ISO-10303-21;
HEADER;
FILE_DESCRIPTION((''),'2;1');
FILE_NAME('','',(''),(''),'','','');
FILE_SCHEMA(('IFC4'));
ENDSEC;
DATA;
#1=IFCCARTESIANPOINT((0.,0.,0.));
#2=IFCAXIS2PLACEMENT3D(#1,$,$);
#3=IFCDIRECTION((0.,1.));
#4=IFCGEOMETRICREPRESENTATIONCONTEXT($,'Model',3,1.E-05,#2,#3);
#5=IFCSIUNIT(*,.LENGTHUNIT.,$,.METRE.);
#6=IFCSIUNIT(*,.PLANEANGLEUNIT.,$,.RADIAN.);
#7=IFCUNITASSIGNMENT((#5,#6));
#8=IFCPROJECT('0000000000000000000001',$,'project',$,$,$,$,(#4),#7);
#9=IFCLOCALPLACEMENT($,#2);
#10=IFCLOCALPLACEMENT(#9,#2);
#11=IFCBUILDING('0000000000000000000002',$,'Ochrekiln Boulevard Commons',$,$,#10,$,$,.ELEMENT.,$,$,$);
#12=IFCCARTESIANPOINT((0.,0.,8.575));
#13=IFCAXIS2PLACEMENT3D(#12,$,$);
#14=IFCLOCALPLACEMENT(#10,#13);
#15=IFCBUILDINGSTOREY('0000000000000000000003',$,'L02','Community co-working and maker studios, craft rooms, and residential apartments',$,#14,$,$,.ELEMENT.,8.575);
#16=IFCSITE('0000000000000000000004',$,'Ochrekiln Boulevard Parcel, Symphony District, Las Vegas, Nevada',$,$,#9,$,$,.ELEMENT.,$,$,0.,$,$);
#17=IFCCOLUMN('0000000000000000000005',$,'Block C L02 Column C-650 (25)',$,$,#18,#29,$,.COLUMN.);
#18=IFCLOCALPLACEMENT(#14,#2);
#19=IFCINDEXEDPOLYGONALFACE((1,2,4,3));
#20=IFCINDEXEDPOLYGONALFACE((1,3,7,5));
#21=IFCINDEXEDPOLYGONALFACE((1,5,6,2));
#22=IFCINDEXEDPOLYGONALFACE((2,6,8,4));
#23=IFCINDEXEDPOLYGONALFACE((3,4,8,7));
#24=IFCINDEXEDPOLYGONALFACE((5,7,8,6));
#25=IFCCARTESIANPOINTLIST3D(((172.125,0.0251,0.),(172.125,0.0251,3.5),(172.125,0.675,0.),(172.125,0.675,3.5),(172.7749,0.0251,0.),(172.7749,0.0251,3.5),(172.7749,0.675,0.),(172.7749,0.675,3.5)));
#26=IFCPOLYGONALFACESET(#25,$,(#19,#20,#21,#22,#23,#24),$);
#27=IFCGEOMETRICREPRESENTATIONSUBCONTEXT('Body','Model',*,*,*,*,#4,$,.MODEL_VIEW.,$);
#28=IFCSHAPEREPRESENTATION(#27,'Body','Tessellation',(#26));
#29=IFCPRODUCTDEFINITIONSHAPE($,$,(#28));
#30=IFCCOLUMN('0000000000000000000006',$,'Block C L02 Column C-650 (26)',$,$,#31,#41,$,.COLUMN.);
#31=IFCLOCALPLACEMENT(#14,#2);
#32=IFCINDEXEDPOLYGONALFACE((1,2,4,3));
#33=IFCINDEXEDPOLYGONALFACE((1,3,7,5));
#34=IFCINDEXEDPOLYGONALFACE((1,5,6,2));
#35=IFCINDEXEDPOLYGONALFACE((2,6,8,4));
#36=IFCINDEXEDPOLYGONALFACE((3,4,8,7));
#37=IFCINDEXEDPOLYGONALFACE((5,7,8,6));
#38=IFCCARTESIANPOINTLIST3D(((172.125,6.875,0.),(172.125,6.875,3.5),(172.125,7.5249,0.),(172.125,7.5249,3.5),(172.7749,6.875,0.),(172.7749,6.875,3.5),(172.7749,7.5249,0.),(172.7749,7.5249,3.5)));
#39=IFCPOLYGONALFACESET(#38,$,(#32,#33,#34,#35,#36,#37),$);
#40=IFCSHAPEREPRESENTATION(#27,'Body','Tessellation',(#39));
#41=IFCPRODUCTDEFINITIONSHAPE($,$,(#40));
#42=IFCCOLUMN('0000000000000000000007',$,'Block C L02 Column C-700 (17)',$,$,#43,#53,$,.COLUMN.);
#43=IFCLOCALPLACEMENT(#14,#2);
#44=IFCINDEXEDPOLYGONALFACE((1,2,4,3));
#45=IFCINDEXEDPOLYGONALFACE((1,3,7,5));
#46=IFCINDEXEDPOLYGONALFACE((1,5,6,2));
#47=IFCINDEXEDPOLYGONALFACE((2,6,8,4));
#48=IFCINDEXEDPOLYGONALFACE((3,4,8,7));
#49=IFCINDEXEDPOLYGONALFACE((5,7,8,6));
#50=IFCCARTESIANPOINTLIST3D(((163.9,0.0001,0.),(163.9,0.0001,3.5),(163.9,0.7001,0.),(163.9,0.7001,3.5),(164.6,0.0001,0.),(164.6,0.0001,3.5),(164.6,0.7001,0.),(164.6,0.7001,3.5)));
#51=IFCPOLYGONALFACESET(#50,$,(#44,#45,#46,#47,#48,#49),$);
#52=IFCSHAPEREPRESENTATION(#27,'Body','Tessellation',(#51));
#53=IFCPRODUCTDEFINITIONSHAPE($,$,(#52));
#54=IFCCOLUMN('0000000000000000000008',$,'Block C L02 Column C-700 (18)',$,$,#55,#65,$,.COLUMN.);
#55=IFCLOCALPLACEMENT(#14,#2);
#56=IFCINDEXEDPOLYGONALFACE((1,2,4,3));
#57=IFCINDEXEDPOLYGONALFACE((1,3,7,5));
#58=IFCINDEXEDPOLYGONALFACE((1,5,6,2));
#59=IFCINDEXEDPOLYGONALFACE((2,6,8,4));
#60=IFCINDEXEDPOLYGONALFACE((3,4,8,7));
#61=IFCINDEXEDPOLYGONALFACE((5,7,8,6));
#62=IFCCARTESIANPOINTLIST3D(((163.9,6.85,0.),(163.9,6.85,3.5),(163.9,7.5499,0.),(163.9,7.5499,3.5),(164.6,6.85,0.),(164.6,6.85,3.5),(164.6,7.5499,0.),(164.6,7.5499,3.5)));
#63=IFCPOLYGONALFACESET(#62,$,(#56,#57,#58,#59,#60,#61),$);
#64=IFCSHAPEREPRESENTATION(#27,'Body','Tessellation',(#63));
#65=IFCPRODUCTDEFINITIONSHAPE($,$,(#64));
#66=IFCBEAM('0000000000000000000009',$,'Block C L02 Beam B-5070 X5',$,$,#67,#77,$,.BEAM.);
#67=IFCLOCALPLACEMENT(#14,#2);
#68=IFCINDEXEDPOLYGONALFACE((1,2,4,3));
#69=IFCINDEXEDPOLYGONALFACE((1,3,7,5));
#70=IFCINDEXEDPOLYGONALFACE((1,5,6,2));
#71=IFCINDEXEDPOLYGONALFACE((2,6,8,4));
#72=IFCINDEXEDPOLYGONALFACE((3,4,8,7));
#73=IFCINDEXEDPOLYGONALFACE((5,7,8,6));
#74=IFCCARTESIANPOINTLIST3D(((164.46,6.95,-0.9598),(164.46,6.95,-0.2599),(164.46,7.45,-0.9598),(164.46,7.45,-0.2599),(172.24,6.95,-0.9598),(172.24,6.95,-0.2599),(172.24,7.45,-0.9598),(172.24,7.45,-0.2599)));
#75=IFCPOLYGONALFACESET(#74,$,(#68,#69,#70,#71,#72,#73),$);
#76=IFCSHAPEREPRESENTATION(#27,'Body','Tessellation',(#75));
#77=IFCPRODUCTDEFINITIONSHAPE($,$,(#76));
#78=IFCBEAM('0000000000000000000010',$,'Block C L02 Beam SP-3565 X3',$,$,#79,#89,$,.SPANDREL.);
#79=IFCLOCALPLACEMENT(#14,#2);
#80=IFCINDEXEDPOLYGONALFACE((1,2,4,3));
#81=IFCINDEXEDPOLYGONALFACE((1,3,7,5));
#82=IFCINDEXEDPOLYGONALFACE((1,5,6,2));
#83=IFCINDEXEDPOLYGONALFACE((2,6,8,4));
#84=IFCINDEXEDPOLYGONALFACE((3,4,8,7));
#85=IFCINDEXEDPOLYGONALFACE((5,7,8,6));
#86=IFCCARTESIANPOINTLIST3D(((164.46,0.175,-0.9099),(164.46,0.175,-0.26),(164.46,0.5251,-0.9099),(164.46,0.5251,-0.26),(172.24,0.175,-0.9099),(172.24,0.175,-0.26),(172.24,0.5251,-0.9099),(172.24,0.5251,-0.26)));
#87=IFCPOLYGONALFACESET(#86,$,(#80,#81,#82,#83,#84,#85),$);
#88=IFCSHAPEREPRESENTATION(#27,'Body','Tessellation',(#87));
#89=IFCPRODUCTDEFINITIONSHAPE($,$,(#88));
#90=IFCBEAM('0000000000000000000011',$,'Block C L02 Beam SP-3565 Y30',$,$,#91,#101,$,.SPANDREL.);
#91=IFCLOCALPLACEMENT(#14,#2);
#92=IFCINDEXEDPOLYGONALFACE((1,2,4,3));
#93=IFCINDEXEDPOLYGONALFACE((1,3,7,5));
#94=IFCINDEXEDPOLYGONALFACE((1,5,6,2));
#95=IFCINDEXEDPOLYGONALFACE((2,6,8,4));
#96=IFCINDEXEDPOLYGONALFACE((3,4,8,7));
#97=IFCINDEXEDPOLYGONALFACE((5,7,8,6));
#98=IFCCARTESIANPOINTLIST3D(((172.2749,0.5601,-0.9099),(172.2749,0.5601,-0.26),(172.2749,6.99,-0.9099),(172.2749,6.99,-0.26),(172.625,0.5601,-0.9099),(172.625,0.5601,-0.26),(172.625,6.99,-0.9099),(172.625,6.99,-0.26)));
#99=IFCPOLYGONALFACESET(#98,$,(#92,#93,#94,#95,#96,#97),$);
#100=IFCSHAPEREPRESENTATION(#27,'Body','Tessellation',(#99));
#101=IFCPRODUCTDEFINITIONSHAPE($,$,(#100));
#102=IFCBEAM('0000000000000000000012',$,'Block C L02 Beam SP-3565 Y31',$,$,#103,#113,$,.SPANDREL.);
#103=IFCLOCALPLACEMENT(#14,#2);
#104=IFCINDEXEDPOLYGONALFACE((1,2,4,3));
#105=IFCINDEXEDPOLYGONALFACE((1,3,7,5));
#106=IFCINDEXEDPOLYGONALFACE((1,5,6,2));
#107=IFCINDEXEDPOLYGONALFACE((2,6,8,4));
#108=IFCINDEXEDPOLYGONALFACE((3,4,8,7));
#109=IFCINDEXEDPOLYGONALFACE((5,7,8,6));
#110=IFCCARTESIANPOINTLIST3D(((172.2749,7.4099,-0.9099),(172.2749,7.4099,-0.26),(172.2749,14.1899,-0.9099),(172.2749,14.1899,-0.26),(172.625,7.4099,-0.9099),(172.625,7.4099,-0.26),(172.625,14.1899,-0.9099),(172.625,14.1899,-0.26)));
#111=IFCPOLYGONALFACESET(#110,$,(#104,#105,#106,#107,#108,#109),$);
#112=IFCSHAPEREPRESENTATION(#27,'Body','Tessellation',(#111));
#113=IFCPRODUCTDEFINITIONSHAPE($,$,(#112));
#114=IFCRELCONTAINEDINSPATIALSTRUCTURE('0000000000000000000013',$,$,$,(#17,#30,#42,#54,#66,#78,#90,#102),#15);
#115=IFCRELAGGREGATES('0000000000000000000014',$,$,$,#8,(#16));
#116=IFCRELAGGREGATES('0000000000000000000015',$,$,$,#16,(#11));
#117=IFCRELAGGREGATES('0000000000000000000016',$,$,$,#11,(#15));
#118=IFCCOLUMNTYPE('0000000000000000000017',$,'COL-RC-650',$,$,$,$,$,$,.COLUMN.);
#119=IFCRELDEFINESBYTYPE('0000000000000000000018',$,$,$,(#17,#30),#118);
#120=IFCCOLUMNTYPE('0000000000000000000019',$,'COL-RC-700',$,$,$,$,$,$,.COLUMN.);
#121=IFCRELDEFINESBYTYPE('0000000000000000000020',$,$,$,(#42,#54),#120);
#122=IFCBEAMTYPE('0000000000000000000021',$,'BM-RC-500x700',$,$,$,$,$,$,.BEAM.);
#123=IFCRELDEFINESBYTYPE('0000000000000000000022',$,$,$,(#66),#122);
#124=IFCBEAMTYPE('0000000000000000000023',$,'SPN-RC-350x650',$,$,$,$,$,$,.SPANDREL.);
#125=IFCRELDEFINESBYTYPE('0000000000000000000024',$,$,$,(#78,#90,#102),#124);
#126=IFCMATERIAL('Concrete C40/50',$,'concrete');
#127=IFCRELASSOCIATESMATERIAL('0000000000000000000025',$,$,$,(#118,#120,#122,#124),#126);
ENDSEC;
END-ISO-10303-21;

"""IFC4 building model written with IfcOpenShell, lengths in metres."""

from ifc_helpers import new_model, si_unit, direction, frame, origin, origin_2d, place, context, subcontext, project, spatial, rectangle, extrude, material, material_profile, profile_set, type_object, element, save


model = new_model("IFC4")

# Units and contexts
model_context = context("Model", 3, precision=1e-05, world=origin(), true_north=direction((0.0, 1.0)))
body_context = subcontext(model_context, "Body", "Model", "MODEL_VIEW")
ifc_project = project(units=[si_unit("LENGTHUNIT", "METRE"), si_unit("PLANEANGLEUNIT", "RADIAN")], contexts=[model_context])

# Site, building, storey
site_placement = place(None, origin())
site = spatial("IfcSite", under=ifc_project, at=site_placement, Name="Ochrekiln Boulevard Parcel, Symphony District, Las Vegas, Nevada", CompositionType="ELEMENT", RefElevation=0.0)
building_placement = place(site_placement, origin())
building = spatial("IfcBuilding", under=site, at=building_placement, Name="Ochrekiln Boulevard Commons", CompositionType="ELEMENT")
storey_placement = place(building_placement, frame((0.0, 0.0, 8.575)))
storey = spatial("IfcBuildingStorey", under=building, at=storey_placement, Name="L02", Description="Community co-working and maker studios, craft rooms, and residential apartments", CompositionType="ELEMENT", Elevation=8.575)

# Columns
ifc_material_1 = material(Name="Concrete C40/50", Category="concrete")
ifc_material_profile_1 = material_profile(ifc_material_1, rectangle(XDim=0.6499, YDim=0.6499, at=origin_2d()), Name="RC-COL-650x650")
ifc_profile_set_1 = profile_set([ifc_material_profile_1], Name="Concrete C40/50")
column_type_1 = type_object("IfcColumnType", Name="COL-RC-650", PredefinedType="COLUMN", material=ifc_profile_set_1)
for number, where, z_axis, x_axis, name in (
    (1, (172.45, 0.3501, 0.0), (0.0, 0.0, 1.0), (1.0, 0.0, 0.0), "Block C L02 Column C-650 (25)"),
    (2, (172.45, 7.2, 0.0), (0.0, 0.0, 1.0), (1.0, 0.0, 0.0), "Block C L02 Column C-650 (26)"),
):
    element("IfcColumn", number, at=place(storey_placement, frame(where, z_axis=z_axis, x_axis=x_axis)), inside=storey, type_object=column_type_1, Name=name, PredefinedType="COLUMN", context=body_context, shape_type="SweptSolid", body=[
        extrude(rectangle(XDim=0.6499, YDim=0.6499, at=origin_2d()), origin(), (0.0, 0.0, 1.0), 3.5),
    ])
ifc_material_profile_2 = material_profile(ifc_material_1, rectangle(XDim=0.7, YDim=0.7, at=origin_2d()), Name="RC-COL-700x700")
ifc_profile_set_2 = profile_set([ifc_material_profile_2], Name="Concrete C40/50")
column_type_2 = type_object("IfcColumnType", Name="COL-RC-700", PredefinedType="COLUMN", material=ifc_profile_set_2)
for number, where, z_axis, x_axis, name in (
    (3, (164.25, 0.3501, 0.0), (0.0, 0.0, 1.0), (1.0, 0.0, 0.0), "Block C L02 Column C-700 (17)"),
    (4, (164.25, 7.2, 0.0), (0.0, 0.0, 1.0), (1.0, 0.0, 0.0), "Block C L02 Column C-700 (18)"),
):
    element("IfcColumn", number, at=place(storey_placement, frame(where, z_axis=z_axis, x_axis=x_axis)), inside=storey, type_object=column_type_2, Name=name, PredefinedType="COLUMN", context=body_context, shape_type="SweptSolid", body=[
        extrude(rectangle(XDim=0.7, YDim=0.7, at=origin_2d()), origin(), (0.0, 0.0, 1.0), 3.5),
    ])

# Beams
ifc_material_profile_3 = material_profile(ifc_material_1, rectangle(XDim=0.5, YDim=0.7, at=origin_2d()), Name="RC-BM-500x700")
ifc_profile_set_3 = profile_set([ifc_material_profile_3], Name="Concrete C40/50")
beam_type_1 = type_object("IfcBeamType", Name="BM-RC-500x700", PredefinedType="BEAM", material=ifc_profile_set_3)
beam_1_placement = place(storey_placement, frame((164.46, 7.2, -0.6099), z_axis=(1.0, 0.0, 0.0), x_axis=(0.0, 1.0, 0.0)))
element("IfcBeam", 5, at=beam_1_placement, inside=storey, type_object=beam_type_1, Name="Block C L02 Beam B-5070 X5", PredefinedType="BEAM", context=body_context, shape_type="SweptSolid", body=[
    extrude(rectangle(XDim=0.5, YDim=0.7, at=origin_2d()), origin(), (0.0, 0.0, 1.0), 7.78),
])
ifc_material_profile_4 = material_profile(ifc_material_1, rectangle(XDim=0.3501, YDim=0.6499, at=origin_2d()), Name="RC-SPN-350x650")
ifc_profile_set_4 = profile_set([ifc_material_profile_4], Name="Concrete C40/50")
beam_type_2 = type_object("IfcBeamType", Name="SPN-RC-350x650", PredefinedType="SPANDREL", material=ifc_profile_set_4)
beam_2_placement = place(storey_placement, frame((164.46, 0.3501, -0.585), z_axis=(1.0, 0.0, 0.0), x_axis=(0.0, 1.0, 0.0)))
element("IfcBeam", 6, at=beam_2_placement, inside=storey, type_object=beam_type_2, Name="Block C L02 Beam SP-3565 X3", PredefinedType="SPANDREL", context=body_context, shape_type="SweptSolid", body=[
    extrude(rectangle(XDim=0.3501, YDim=0.6499, at=origin_2d()), origin(), (0.0, 0.0, 1.0), 7.78),
])
beam_3_placement = place(storey_placement, frame((172.45, 0.5601, -0.585), z_axis=(0.0, 1.0, 0.0), x_axis=(-1.0, 0.0, 0.0)))
element("IfcBeam", 7, at=beam_3_placement, inside=storey, type_object=beam_type_2, Name="Block C L02 Beam SP-3565 Y30", PredefinedType="SPANDREL", context=body_context, shape_type="SweptSolid", body=[
    extrude(rectangle(XDim=0.3501, YDim=0.6499, at=origin_2d()), origin(), (0.0, 0.0, 1.0), 6.4299),
])
beam_4_placement = place(storey_placement, frame((172.45, 7.4099, -0.585), z_axis=(0.0, 1.0, 0.0), x_axis=(-1.0, 0.0, 0.0)))
element("IfcBeam", 8, at=beam_4_placement, inside=storey, type_object=beam_type_2, Name="Block C L02 Beam SP-3565 Y31", PredefinedType="SPANDREL", context=body_context, shape_type="SweptSolid", body=[
    extrude(rectangle(XDim=0.3501, YDim=0.6499, at=origin_2d()), origin(), (0.0, 0.0, 1.0), 6.78),
])

save(model, "model.ifc")
